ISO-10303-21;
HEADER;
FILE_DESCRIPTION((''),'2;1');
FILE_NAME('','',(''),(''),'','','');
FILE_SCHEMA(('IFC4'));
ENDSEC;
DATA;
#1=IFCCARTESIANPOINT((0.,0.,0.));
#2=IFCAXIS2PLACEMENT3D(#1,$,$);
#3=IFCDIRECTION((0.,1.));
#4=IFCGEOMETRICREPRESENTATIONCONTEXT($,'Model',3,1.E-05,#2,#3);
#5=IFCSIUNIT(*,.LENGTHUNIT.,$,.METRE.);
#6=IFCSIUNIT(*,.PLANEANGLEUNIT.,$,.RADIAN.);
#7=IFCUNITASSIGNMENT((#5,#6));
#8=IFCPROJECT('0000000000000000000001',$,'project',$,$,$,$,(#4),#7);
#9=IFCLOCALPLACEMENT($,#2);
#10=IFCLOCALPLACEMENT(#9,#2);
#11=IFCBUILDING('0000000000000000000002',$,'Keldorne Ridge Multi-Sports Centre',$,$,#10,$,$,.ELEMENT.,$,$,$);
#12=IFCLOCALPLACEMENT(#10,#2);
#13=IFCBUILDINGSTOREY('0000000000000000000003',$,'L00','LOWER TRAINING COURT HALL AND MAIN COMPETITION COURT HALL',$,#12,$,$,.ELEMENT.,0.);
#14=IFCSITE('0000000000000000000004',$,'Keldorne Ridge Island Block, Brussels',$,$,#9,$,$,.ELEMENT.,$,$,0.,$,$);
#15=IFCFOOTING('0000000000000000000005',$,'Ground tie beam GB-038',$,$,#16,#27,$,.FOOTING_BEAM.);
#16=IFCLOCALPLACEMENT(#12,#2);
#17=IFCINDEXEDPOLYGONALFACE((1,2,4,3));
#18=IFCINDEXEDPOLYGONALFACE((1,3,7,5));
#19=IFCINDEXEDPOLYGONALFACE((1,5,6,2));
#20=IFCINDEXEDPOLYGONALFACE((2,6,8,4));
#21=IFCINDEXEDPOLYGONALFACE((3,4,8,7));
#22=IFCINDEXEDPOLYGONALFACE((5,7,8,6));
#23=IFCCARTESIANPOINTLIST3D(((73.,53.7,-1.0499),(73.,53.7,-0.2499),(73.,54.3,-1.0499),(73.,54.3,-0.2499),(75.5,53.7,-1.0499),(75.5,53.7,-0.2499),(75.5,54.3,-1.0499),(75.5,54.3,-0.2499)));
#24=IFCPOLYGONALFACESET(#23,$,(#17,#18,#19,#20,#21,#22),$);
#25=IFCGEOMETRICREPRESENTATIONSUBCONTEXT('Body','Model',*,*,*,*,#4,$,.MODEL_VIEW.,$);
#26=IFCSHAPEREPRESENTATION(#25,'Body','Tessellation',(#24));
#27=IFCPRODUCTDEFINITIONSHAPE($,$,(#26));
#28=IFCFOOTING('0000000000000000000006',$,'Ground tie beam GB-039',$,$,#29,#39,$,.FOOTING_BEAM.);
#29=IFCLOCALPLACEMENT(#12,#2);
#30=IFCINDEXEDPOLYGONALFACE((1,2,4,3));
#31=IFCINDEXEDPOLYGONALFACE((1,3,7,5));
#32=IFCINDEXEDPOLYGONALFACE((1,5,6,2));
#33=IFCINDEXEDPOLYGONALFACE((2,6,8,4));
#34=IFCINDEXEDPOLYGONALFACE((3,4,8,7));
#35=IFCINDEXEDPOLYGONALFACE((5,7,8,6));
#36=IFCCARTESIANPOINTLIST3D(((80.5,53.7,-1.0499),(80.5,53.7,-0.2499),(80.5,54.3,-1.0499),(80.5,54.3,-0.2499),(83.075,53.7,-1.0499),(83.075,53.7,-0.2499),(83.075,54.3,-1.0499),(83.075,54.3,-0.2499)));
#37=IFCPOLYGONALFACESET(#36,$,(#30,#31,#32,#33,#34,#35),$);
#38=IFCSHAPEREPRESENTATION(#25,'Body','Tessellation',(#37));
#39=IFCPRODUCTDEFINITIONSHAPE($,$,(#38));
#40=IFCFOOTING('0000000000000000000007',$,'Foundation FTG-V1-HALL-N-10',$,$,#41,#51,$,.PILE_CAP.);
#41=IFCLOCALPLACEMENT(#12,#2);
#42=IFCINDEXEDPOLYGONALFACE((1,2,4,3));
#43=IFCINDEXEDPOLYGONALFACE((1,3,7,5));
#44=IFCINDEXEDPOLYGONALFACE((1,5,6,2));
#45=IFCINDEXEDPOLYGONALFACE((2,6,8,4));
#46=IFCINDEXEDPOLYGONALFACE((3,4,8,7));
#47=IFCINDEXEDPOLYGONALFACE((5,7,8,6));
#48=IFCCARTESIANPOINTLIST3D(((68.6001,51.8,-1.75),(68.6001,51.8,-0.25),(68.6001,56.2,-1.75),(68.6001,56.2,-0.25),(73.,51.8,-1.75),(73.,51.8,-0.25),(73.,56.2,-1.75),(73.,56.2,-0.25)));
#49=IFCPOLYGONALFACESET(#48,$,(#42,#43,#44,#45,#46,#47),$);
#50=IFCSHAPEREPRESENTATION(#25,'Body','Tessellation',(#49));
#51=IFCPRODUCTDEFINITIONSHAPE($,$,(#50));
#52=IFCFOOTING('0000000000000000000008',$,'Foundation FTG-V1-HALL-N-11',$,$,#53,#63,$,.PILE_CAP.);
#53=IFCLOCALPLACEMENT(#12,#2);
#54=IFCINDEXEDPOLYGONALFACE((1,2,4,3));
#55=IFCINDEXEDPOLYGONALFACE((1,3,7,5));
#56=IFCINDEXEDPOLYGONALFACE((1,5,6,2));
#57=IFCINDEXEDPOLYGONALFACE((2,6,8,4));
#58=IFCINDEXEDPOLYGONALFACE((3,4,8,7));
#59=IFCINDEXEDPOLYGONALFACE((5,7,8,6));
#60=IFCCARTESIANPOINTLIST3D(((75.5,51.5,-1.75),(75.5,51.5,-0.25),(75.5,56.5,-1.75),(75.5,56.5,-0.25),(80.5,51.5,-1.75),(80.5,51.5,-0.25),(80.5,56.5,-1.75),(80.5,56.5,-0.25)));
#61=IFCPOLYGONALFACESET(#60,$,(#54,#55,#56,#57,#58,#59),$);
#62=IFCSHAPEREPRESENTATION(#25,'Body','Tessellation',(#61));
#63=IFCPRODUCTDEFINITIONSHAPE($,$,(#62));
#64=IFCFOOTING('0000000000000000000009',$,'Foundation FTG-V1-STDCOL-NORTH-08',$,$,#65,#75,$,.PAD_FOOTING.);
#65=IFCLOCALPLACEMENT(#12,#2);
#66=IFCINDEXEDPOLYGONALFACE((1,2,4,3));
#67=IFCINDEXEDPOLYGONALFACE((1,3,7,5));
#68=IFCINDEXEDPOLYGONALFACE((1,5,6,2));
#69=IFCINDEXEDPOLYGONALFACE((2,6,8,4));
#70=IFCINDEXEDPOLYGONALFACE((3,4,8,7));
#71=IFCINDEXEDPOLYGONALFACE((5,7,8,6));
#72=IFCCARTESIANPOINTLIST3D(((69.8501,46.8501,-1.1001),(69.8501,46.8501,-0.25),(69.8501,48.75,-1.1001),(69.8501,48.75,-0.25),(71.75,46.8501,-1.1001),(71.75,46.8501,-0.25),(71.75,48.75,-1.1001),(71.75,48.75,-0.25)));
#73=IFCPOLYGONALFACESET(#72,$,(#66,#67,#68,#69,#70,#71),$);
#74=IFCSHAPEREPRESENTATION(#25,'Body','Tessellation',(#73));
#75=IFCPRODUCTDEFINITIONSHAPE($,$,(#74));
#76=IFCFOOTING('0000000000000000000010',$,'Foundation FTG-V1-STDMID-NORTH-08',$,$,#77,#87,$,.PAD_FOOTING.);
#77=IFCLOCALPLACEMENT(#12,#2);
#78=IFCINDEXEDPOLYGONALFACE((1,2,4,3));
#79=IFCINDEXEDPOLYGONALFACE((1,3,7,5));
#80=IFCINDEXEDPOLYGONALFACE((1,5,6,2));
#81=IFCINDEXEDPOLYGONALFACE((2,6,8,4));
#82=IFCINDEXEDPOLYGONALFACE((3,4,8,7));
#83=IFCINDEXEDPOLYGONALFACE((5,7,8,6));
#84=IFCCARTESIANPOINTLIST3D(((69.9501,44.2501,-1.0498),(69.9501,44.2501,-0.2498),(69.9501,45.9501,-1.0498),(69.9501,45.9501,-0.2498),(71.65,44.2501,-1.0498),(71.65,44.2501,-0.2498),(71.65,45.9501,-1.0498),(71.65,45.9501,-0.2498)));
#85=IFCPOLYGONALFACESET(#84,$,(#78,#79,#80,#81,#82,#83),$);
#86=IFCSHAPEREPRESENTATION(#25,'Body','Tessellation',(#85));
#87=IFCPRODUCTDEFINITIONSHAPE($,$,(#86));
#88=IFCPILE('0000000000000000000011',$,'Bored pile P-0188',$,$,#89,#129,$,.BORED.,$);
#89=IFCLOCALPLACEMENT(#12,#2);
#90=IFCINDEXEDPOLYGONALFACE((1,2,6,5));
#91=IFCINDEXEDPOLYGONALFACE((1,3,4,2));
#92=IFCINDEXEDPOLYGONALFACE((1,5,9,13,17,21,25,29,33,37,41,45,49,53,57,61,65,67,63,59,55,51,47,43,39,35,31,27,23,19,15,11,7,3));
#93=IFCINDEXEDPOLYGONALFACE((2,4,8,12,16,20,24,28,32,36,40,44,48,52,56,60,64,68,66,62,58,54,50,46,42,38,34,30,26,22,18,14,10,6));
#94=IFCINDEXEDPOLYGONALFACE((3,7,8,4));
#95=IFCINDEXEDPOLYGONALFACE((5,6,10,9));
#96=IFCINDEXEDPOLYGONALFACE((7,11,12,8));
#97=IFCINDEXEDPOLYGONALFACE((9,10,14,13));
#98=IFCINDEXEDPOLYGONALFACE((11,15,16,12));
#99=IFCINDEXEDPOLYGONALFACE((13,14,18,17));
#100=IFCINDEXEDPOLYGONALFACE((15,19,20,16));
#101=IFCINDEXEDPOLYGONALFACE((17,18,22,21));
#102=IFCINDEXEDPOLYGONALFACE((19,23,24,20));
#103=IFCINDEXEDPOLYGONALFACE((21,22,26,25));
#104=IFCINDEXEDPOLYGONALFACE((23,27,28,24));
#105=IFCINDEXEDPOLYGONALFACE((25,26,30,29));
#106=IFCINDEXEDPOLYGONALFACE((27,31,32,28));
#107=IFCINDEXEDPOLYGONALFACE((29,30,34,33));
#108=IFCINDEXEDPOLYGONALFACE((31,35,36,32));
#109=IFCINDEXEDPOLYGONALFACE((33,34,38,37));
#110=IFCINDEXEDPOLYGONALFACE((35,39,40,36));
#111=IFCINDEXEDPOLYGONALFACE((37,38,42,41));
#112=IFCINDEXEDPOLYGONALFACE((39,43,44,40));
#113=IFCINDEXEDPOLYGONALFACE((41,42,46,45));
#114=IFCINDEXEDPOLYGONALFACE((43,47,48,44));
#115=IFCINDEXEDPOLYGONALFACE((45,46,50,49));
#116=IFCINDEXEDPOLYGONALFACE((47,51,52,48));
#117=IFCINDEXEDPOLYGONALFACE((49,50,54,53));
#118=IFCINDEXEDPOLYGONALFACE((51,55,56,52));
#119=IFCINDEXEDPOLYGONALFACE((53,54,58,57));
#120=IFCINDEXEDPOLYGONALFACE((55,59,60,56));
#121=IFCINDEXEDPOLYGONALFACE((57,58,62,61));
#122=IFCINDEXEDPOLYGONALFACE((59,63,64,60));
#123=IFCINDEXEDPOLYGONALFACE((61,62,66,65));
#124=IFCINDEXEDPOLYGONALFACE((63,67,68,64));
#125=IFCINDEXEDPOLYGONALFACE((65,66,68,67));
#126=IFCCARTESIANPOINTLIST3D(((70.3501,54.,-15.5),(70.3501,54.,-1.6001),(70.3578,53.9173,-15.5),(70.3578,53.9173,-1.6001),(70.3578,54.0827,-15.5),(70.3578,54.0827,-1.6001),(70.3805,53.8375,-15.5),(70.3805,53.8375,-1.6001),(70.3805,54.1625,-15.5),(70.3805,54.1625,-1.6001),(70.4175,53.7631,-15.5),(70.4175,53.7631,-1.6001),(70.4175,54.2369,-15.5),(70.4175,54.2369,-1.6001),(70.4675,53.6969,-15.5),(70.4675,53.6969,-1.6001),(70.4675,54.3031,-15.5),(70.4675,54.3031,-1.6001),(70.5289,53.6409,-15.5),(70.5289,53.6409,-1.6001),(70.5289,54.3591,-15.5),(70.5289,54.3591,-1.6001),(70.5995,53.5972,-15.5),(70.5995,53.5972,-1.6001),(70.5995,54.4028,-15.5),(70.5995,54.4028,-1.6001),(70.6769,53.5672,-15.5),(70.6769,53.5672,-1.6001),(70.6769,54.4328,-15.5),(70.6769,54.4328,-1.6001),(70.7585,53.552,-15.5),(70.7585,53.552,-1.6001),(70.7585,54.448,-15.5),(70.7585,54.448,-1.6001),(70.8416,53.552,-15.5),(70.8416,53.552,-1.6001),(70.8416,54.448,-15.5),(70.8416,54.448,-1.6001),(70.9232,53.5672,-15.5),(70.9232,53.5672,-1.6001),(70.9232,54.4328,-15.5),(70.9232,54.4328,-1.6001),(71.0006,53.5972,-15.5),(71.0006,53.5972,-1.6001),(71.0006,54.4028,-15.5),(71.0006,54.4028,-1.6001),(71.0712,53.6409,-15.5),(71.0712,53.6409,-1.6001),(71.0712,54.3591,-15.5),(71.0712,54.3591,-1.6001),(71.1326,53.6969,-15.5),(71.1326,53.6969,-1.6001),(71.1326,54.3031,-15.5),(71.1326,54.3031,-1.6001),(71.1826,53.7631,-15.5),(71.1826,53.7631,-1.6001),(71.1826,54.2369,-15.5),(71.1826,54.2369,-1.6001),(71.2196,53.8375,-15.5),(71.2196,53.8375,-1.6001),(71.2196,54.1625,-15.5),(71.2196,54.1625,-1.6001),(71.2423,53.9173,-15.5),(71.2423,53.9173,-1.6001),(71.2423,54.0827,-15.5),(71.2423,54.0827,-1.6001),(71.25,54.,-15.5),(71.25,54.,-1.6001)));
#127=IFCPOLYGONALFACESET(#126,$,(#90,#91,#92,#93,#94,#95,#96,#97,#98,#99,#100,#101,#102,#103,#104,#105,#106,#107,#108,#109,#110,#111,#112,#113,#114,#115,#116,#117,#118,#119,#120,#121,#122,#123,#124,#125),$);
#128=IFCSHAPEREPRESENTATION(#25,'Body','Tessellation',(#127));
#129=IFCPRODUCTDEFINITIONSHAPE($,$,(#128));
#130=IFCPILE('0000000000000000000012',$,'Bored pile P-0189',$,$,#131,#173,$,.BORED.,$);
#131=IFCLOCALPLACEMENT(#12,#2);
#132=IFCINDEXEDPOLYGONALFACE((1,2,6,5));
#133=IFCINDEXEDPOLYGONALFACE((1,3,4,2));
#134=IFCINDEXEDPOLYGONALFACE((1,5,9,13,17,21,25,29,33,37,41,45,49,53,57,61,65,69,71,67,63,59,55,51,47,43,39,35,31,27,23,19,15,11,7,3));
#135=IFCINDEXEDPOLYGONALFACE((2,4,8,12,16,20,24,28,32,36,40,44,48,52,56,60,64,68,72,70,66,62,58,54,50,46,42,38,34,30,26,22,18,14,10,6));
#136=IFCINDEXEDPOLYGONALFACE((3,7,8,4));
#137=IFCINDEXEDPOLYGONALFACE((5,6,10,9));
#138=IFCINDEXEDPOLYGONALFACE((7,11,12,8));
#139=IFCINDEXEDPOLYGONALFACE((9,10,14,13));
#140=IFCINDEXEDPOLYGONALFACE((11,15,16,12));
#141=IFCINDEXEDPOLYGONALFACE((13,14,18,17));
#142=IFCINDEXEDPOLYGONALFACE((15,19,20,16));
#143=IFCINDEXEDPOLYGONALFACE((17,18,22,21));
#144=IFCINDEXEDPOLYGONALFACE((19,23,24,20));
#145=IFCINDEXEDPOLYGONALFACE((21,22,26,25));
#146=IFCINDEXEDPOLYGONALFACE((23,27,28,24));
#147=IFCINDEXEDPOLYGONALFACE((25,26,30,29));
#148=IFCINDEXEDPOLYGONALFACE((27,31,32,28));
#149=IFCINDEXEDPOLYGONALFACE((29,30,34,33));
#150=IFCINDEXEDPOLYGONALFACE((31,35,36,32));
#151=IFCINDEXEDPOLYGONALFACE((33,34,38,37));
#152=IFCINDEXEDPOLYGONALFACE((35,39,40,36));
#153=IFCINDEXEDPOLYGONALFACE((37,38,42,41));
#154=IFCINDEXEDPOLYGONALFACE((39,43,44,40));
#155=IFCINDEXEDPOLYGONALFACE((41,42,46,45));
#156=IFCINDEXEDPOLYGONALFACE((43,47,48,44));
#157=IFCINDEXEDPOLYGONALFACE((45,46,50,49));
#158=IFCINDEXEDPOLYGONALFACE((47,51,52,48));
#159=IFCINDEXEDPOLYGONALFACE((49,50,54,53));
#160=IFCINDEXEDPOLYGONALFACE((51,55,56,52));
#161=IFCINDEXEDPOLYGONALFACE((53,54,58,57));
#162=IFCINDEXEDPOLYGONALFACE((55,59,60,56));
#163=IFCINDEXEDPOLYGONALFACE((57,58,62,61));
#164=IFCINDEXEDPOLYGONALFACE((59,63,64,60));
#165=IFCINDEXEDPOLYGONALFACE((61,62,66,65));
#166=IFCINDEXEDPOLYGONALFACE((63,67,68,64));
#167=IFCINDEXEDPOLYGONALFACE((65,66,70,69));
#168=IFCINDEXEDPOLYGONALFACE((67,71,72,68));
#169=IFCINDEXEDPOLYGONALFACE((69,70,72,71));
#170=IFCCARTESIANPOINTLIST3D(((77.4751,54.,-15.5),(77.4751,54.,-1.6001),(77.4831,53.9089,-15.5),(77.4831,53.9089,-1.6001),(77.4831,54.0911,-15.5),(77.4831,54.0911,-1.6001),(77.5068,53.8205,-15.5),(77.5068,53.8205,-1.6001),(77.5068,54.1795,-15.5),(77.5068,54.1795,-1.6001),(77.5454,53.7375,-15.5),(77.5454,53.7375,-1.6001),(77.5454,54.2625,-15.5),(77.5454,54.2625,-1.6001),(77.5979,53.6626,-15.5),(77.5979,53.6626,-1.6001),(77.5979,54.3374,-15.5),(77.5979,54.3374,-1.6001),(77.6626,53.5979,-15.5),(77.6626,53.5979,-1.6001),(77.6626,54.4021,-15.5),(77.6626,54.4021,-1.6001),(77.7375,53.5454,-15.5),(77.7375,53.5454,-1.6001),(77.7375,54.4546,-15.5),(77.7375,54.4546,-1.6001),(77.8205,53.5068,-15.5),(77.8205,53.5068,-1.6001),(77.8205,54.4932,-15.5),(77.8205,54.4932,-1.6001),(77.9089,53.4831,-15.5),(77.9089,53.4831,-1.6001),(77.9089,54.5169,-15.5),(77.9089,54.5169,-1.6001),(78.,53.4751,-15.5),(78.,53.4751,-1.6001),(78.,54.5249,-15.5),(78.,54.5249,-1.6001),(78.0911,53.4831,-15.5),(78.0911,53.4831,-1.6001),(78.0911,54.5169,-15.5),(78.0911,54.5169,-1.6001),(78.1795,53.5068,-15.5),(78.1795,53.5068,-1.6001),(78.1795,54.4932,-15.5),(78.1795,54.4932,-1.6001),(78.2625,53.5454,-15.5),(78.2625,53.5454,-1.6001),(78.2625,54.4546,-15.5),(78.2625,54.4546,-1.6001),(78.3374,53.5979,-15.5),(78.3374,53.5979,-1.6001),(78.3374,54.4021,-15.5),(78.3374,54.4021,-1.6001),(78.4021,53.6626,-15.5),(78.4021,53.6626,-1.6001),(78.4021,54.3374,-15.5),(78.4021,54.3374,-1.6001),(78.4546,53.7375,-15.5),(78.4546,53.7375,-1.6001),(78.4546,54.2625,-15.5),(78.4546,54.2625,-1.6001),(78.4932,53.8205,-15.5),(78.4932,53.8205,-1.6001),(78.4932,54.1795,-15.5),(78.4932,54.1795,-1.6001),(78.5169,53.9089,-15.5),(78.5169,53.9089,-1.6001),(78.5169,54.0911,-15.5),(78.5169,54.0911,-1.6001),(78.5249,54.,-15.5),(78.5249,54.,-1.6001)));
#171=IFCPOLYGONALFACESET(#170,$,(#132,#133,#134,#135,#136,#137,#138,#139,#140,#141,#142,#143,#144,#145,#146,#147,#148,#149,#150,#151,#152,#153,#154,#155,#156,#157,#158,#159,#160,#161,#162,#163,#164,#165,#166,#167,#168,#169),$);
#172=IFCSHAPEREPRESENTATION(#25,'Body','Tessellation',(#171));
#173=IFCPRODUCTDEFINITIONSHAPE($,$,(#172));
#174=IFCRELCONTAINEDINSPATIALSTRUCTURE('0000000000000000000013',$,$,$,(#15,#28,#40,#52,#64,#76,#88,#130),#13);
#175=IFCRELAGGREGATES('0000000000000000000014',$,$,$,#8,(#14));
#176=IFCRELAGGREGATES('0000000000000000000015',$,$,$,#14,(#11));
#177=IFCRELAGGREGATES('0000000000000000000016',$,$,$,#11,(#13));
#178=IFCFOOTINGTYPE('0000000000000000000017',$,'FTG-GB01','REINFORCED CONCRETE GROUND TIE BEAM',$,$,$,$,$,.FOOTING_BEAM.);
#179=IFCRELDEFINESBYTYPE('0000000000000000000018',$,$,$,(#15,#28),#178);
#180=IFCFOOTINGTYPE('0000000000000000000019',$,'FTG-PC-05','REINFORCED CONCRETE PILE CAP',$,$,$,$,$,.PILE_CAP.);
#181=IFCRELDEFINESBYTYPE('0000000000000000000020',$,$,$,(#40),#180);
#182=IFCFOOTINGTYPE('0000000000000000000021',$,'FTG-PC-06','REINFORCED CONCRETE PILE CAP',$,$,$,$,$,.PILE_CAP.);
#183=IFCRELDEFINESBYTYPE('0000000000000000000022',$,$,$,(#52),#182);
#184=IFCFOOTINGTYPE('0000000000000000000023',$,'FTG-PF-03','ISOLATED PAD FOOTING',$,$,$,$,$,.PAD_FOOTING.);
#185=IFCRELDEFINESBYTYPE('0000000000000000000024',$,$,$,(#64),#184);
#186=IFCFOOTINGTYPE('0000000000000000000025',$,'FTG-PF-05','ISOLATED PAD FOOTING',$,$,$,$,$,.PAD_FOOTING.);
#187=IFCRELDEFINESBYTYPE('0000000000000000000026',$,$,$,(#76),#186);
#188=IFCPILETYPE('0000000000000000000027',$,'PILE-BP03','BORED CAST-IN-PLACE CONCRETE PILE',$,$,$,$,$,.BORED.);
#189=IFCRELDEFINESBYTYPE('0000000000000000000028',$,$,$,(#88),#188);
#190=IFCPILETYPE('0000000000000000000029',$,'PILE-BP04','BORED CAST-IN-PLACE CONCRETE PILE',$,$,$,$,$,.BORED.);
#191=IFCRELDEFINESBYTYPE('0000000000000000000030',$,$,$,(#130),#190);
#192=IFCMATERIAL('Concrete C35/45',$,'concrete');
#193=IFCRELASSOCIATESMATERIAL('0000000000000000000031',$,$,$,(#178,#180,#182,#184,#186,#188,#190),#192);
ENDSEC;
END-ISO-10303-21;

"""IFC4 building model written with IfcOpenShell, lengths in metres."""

from ifc_helpers import new_model, si_unit, direction, frame, origin, origin_2d, place, context, subcontext, project, spatial, rectangle, circle, extrude, material, material_profile, profile_set, type_object, element, save


model = new_model("IFC4")

# Units and contexts
model_context = context("Model", 3, precision=1e-05, world=origin(), true_north=direction((0.0, 1.0)))
body_context = subcontext(model_context, "Body", "Model", "MODEL_VIEW")
ifc_project = project(units=[si_unit("LENGTHUNIT", "METRE"), si_unit("PLANEANGLEUNIT", "RADIAN")], contexts=[model_context])

# Site, building, storey
site_placement = place(None, origin())
site = spatial("IfcSite", under=ifc_project, at=site_placement, Name="Keldorne Ridge Island Block, Brussels", CompositionType="ELEMENT", RefElevation=0.0)
building_placement = place(site_placement, origin())
building = spatial("IfcBuilding", under=site, at=building_placement, Name="Keldorne Ridge Multi-Sports Centre", CompositionType="ELEMENT")
storey_placement = place(building_placement, origin())
storey = spatial("IfcBuildingStorey", under=building, at=storey_placement, Name="L00", Description="LOWER TRAINING COURT HALL AND MAIN COMPETITION COURT HALL", CompositionType="ELEMENT", Elevation=0.0)

# Footings
ifc_material_1 = material(Name="Concrete C35/45", Category="concrete")
ifc_material_profile_1 = material_profile(ifc_material_1, rectangle(XDim=0.6001, YDim=0.8, at=origin_2d()), Name="GB 600x800")
ifc_profile_set_1 = profile_set([ifc_material_profile_1], Name="Concrete C35/45")
footing_type_1 = type_object("IfcFootingType", Name="FTG-GB01", Description="REINFORCED CONCRETE GROUND TIE BEAM", PredefinedType="FOOTING_BEAM", material=ifc_profile_set_1)
footing_1_placement = place(storey_placement, frame((73.0, 54.0, -0.6499), z_axis=(1.0, 0.0, 0.0), x_axis=(0.0, 1.0, 0.0)))
element("IfcFooting", 1, at=footing_1_placement, inside=storey, type_object=footing_type_1, Name="Ground tie beam GB-038", PredefinedType="FOOTING_BEAM", context=body_context, shape_type="SweptSolid", body=[
    extrude(rectangle(XDim=0.6001, YDim=0.8, at=origin_2d()), origin(), (0.0, 0.0, 1.0), 2.5),
])
footing_2_placement = place(storey_placement, frame((80.5, 54.0, -0.6499), z_axis=(1.0, 0.0, 0.0), x_axis=(0.0, 1.0, 0.0)))
element("IfcFooting", 2, at=footing_2_placement, inside=storey, type_object=footing_type_1, Name="Ground tie beam GB-039", PredefinedType="FOOTING_BEAM", context=body_context, shape_type="SweptSolid", body=[
    extrude(rectangle(XDim=0.6001, YDim=0.8, at=origin_2d()), origin(), (0.0, 0.0, 1.0), 2.575),
])
footing_type_2 = type_object("IfcFootingType", Name="FTG-PC-05", Description="REINFORCED CONCRETE PILE CAP", PredefinedType="PILE_CAP", material=ifc_material_1)
footing_3_placement = place(storey_placement, frame((70.8, 54.0, -1.75), z_axis=(0.0, 0.0, 1.0), x_axis=(1.0, 0.0, 0.0)))
element("IfcFooting", 3, at=footing_3_placement, inside=storey, type_object=footing_type_2, Name="Foundation FTG-V1-HALL-N-10", PredefinedType="PILE_CAP", context=body_context, shape_type="SweptSolid", body=[
    extrude(rectangle(XDim=4.3999, YDim=4.3999, at=origin_2d()), origin(), (0.0, 0.0, 1.0), 1.5),
])
footing_type_3 = type_object("IfcFootingType", Name="FTG-PC-06", Description="REINFORCED CONCRETE PILE CAP", PredefinedType="PILE_CAP", material=ifc_material_1)
footing_4_placement = place(storey_placement, frame((78.0, 54.0, -1.75), z_axis=(0.0, 0.0, 1.0), x_axis=(1.0, 0.0, 0.0)))
element("IfcFooting", 4, at=footing_4_placement, inside=storey, type_object=footing_type_3, Name="Foundation FTG-V1-HALL-N-11", PredefinedType="PILE_CAP", context=body_context, shape_type="SweptSolid", body=[
    extrude(rectangle(XDim=5.0, YDim=5.0, at=origin_2d()), origin(), (0.0, 0.0, 1.0), 1.5),
])
footing_type_4 = type_object("IfcFootingType", Name="FTG-PF-03", Description="ISOLATED PAD FOOTING", PredefinedType="PAD_FOOTING", material=ifc_material_1)
footing_5_placement = place(storey_placement, frame((70.8, 47.8, -1.1001), z_axis=(0.0, 0.0, 1.0), x_axis=(1.0, 0.0, 0.0)))
element("IfcFooting", 5, at=footing_5_placement, inside=storey, type_object=footing_type_4, Name="Foundation FTG-V1-STDCOL-NORTH-08", PredefinedType="PAD_FOOTING", context=body_context, shape_type="SweptSolid", body=[
    extrude(rectangle(XDim=1.8999, YDim=1.8999, at=origin_2d()), origin(), (0.0, 0.0, 1.0), 0.8501),
])
footing_type_5 = type_object("IfcFootingType", Name="FTG-PF-05", Description="ISOLATED PAD FOOTING", PredefinedType="PAD_FOOTING", material=ifc_material_1)
footing_6_placement = place(storey_placement, frame((70.8, 45.1001, -1.0498), z_axis=(0.0, 0.0, 1.0), x_axis=(1.0, 0.0, 0.0)))
element("IfcFooting", 6, at=footing_6_placement, inside=storey, type_object=footing_type_5, Name="Foundation FTG-V1-STDMID-NORTH-08", PredefinedType="PAD_FOOTING", context=body_context, shape_type="SweptSolid", body=[
    extrude(rectangle(XDim=1.7, YDim=1.7, at=origin_2d()), origin(), (0.0, 0.0, 1.0), 0.8),
])

# Piles
ifc_material_profile_2 = material_profile(ifc_material_1, circle(Radius=0.45, at=origin_2d()), Name="BORED PILE D900")
ifc_profile_set_2 = profile_set([ifc_material_profile_2], Name="Concrete C35/45")
pile_type_1 = type_object("IfcPileType", Name="PILE-BP03", Description="BORED CAST-IN-PLACE CONCRETE PILE", PredefinedType="BORED", material=ifc_profile_set_2)
pile_1_placement = place(storey_placement, frame((70.8, 54.0, -1.6001), z_axis=(0.0, 0.0, -1.0), x_axis=(1.0, 0.0, 0.0)))
element("IfcPile", 7, at=pile_1_placement, inside=storey, type_object=pile_type_1, Name="Bored pile P-0188", PredefinedType="BORED", context=body_context, shape_type="SweptSolid", body=[
    extrude(circle(Radius=0.45, at=origin_2d()), origin(), (0.0, 0.0, 1.0), 13.8999),
])
ifc_material_profile_3 = material_profile(ifc_material_1, circle(Radius=0.5249, at=origin_2d()), Name="BORED PILE D1050")
ifc_profile_set_3 = profile_set([ifc_material_profile_3], Name="Concrete C35/45")
pile_type_2 = type_object("IfcPileType", Name="PILE-BP04", Description="BORED CAST-IN-PLACE CONCRETE PILE", PredefinedType="BORED", material=ifc_profile_set_3)
pile_2_placement = place(storey_placement, frame((78.0, 54.0, -1.6001), z_axis=(0.0, 0.0, -1.0), x_axis=(1.0, 0.0, 0.0)))
element("IfcPile", 8, at=pile_2_placement, inside=storey, type_object=pile_type_2, Name="Bored pile P-0189", PredefinedType="BORED", context=body_context, shape_type="SweptSolid", body=[
    extrude(circle(Radius=0.5249, at=origin_2d()), origin(), (0.0, 0.0, 1.0), 13.8999),
])

save(model, "model.ifc")
